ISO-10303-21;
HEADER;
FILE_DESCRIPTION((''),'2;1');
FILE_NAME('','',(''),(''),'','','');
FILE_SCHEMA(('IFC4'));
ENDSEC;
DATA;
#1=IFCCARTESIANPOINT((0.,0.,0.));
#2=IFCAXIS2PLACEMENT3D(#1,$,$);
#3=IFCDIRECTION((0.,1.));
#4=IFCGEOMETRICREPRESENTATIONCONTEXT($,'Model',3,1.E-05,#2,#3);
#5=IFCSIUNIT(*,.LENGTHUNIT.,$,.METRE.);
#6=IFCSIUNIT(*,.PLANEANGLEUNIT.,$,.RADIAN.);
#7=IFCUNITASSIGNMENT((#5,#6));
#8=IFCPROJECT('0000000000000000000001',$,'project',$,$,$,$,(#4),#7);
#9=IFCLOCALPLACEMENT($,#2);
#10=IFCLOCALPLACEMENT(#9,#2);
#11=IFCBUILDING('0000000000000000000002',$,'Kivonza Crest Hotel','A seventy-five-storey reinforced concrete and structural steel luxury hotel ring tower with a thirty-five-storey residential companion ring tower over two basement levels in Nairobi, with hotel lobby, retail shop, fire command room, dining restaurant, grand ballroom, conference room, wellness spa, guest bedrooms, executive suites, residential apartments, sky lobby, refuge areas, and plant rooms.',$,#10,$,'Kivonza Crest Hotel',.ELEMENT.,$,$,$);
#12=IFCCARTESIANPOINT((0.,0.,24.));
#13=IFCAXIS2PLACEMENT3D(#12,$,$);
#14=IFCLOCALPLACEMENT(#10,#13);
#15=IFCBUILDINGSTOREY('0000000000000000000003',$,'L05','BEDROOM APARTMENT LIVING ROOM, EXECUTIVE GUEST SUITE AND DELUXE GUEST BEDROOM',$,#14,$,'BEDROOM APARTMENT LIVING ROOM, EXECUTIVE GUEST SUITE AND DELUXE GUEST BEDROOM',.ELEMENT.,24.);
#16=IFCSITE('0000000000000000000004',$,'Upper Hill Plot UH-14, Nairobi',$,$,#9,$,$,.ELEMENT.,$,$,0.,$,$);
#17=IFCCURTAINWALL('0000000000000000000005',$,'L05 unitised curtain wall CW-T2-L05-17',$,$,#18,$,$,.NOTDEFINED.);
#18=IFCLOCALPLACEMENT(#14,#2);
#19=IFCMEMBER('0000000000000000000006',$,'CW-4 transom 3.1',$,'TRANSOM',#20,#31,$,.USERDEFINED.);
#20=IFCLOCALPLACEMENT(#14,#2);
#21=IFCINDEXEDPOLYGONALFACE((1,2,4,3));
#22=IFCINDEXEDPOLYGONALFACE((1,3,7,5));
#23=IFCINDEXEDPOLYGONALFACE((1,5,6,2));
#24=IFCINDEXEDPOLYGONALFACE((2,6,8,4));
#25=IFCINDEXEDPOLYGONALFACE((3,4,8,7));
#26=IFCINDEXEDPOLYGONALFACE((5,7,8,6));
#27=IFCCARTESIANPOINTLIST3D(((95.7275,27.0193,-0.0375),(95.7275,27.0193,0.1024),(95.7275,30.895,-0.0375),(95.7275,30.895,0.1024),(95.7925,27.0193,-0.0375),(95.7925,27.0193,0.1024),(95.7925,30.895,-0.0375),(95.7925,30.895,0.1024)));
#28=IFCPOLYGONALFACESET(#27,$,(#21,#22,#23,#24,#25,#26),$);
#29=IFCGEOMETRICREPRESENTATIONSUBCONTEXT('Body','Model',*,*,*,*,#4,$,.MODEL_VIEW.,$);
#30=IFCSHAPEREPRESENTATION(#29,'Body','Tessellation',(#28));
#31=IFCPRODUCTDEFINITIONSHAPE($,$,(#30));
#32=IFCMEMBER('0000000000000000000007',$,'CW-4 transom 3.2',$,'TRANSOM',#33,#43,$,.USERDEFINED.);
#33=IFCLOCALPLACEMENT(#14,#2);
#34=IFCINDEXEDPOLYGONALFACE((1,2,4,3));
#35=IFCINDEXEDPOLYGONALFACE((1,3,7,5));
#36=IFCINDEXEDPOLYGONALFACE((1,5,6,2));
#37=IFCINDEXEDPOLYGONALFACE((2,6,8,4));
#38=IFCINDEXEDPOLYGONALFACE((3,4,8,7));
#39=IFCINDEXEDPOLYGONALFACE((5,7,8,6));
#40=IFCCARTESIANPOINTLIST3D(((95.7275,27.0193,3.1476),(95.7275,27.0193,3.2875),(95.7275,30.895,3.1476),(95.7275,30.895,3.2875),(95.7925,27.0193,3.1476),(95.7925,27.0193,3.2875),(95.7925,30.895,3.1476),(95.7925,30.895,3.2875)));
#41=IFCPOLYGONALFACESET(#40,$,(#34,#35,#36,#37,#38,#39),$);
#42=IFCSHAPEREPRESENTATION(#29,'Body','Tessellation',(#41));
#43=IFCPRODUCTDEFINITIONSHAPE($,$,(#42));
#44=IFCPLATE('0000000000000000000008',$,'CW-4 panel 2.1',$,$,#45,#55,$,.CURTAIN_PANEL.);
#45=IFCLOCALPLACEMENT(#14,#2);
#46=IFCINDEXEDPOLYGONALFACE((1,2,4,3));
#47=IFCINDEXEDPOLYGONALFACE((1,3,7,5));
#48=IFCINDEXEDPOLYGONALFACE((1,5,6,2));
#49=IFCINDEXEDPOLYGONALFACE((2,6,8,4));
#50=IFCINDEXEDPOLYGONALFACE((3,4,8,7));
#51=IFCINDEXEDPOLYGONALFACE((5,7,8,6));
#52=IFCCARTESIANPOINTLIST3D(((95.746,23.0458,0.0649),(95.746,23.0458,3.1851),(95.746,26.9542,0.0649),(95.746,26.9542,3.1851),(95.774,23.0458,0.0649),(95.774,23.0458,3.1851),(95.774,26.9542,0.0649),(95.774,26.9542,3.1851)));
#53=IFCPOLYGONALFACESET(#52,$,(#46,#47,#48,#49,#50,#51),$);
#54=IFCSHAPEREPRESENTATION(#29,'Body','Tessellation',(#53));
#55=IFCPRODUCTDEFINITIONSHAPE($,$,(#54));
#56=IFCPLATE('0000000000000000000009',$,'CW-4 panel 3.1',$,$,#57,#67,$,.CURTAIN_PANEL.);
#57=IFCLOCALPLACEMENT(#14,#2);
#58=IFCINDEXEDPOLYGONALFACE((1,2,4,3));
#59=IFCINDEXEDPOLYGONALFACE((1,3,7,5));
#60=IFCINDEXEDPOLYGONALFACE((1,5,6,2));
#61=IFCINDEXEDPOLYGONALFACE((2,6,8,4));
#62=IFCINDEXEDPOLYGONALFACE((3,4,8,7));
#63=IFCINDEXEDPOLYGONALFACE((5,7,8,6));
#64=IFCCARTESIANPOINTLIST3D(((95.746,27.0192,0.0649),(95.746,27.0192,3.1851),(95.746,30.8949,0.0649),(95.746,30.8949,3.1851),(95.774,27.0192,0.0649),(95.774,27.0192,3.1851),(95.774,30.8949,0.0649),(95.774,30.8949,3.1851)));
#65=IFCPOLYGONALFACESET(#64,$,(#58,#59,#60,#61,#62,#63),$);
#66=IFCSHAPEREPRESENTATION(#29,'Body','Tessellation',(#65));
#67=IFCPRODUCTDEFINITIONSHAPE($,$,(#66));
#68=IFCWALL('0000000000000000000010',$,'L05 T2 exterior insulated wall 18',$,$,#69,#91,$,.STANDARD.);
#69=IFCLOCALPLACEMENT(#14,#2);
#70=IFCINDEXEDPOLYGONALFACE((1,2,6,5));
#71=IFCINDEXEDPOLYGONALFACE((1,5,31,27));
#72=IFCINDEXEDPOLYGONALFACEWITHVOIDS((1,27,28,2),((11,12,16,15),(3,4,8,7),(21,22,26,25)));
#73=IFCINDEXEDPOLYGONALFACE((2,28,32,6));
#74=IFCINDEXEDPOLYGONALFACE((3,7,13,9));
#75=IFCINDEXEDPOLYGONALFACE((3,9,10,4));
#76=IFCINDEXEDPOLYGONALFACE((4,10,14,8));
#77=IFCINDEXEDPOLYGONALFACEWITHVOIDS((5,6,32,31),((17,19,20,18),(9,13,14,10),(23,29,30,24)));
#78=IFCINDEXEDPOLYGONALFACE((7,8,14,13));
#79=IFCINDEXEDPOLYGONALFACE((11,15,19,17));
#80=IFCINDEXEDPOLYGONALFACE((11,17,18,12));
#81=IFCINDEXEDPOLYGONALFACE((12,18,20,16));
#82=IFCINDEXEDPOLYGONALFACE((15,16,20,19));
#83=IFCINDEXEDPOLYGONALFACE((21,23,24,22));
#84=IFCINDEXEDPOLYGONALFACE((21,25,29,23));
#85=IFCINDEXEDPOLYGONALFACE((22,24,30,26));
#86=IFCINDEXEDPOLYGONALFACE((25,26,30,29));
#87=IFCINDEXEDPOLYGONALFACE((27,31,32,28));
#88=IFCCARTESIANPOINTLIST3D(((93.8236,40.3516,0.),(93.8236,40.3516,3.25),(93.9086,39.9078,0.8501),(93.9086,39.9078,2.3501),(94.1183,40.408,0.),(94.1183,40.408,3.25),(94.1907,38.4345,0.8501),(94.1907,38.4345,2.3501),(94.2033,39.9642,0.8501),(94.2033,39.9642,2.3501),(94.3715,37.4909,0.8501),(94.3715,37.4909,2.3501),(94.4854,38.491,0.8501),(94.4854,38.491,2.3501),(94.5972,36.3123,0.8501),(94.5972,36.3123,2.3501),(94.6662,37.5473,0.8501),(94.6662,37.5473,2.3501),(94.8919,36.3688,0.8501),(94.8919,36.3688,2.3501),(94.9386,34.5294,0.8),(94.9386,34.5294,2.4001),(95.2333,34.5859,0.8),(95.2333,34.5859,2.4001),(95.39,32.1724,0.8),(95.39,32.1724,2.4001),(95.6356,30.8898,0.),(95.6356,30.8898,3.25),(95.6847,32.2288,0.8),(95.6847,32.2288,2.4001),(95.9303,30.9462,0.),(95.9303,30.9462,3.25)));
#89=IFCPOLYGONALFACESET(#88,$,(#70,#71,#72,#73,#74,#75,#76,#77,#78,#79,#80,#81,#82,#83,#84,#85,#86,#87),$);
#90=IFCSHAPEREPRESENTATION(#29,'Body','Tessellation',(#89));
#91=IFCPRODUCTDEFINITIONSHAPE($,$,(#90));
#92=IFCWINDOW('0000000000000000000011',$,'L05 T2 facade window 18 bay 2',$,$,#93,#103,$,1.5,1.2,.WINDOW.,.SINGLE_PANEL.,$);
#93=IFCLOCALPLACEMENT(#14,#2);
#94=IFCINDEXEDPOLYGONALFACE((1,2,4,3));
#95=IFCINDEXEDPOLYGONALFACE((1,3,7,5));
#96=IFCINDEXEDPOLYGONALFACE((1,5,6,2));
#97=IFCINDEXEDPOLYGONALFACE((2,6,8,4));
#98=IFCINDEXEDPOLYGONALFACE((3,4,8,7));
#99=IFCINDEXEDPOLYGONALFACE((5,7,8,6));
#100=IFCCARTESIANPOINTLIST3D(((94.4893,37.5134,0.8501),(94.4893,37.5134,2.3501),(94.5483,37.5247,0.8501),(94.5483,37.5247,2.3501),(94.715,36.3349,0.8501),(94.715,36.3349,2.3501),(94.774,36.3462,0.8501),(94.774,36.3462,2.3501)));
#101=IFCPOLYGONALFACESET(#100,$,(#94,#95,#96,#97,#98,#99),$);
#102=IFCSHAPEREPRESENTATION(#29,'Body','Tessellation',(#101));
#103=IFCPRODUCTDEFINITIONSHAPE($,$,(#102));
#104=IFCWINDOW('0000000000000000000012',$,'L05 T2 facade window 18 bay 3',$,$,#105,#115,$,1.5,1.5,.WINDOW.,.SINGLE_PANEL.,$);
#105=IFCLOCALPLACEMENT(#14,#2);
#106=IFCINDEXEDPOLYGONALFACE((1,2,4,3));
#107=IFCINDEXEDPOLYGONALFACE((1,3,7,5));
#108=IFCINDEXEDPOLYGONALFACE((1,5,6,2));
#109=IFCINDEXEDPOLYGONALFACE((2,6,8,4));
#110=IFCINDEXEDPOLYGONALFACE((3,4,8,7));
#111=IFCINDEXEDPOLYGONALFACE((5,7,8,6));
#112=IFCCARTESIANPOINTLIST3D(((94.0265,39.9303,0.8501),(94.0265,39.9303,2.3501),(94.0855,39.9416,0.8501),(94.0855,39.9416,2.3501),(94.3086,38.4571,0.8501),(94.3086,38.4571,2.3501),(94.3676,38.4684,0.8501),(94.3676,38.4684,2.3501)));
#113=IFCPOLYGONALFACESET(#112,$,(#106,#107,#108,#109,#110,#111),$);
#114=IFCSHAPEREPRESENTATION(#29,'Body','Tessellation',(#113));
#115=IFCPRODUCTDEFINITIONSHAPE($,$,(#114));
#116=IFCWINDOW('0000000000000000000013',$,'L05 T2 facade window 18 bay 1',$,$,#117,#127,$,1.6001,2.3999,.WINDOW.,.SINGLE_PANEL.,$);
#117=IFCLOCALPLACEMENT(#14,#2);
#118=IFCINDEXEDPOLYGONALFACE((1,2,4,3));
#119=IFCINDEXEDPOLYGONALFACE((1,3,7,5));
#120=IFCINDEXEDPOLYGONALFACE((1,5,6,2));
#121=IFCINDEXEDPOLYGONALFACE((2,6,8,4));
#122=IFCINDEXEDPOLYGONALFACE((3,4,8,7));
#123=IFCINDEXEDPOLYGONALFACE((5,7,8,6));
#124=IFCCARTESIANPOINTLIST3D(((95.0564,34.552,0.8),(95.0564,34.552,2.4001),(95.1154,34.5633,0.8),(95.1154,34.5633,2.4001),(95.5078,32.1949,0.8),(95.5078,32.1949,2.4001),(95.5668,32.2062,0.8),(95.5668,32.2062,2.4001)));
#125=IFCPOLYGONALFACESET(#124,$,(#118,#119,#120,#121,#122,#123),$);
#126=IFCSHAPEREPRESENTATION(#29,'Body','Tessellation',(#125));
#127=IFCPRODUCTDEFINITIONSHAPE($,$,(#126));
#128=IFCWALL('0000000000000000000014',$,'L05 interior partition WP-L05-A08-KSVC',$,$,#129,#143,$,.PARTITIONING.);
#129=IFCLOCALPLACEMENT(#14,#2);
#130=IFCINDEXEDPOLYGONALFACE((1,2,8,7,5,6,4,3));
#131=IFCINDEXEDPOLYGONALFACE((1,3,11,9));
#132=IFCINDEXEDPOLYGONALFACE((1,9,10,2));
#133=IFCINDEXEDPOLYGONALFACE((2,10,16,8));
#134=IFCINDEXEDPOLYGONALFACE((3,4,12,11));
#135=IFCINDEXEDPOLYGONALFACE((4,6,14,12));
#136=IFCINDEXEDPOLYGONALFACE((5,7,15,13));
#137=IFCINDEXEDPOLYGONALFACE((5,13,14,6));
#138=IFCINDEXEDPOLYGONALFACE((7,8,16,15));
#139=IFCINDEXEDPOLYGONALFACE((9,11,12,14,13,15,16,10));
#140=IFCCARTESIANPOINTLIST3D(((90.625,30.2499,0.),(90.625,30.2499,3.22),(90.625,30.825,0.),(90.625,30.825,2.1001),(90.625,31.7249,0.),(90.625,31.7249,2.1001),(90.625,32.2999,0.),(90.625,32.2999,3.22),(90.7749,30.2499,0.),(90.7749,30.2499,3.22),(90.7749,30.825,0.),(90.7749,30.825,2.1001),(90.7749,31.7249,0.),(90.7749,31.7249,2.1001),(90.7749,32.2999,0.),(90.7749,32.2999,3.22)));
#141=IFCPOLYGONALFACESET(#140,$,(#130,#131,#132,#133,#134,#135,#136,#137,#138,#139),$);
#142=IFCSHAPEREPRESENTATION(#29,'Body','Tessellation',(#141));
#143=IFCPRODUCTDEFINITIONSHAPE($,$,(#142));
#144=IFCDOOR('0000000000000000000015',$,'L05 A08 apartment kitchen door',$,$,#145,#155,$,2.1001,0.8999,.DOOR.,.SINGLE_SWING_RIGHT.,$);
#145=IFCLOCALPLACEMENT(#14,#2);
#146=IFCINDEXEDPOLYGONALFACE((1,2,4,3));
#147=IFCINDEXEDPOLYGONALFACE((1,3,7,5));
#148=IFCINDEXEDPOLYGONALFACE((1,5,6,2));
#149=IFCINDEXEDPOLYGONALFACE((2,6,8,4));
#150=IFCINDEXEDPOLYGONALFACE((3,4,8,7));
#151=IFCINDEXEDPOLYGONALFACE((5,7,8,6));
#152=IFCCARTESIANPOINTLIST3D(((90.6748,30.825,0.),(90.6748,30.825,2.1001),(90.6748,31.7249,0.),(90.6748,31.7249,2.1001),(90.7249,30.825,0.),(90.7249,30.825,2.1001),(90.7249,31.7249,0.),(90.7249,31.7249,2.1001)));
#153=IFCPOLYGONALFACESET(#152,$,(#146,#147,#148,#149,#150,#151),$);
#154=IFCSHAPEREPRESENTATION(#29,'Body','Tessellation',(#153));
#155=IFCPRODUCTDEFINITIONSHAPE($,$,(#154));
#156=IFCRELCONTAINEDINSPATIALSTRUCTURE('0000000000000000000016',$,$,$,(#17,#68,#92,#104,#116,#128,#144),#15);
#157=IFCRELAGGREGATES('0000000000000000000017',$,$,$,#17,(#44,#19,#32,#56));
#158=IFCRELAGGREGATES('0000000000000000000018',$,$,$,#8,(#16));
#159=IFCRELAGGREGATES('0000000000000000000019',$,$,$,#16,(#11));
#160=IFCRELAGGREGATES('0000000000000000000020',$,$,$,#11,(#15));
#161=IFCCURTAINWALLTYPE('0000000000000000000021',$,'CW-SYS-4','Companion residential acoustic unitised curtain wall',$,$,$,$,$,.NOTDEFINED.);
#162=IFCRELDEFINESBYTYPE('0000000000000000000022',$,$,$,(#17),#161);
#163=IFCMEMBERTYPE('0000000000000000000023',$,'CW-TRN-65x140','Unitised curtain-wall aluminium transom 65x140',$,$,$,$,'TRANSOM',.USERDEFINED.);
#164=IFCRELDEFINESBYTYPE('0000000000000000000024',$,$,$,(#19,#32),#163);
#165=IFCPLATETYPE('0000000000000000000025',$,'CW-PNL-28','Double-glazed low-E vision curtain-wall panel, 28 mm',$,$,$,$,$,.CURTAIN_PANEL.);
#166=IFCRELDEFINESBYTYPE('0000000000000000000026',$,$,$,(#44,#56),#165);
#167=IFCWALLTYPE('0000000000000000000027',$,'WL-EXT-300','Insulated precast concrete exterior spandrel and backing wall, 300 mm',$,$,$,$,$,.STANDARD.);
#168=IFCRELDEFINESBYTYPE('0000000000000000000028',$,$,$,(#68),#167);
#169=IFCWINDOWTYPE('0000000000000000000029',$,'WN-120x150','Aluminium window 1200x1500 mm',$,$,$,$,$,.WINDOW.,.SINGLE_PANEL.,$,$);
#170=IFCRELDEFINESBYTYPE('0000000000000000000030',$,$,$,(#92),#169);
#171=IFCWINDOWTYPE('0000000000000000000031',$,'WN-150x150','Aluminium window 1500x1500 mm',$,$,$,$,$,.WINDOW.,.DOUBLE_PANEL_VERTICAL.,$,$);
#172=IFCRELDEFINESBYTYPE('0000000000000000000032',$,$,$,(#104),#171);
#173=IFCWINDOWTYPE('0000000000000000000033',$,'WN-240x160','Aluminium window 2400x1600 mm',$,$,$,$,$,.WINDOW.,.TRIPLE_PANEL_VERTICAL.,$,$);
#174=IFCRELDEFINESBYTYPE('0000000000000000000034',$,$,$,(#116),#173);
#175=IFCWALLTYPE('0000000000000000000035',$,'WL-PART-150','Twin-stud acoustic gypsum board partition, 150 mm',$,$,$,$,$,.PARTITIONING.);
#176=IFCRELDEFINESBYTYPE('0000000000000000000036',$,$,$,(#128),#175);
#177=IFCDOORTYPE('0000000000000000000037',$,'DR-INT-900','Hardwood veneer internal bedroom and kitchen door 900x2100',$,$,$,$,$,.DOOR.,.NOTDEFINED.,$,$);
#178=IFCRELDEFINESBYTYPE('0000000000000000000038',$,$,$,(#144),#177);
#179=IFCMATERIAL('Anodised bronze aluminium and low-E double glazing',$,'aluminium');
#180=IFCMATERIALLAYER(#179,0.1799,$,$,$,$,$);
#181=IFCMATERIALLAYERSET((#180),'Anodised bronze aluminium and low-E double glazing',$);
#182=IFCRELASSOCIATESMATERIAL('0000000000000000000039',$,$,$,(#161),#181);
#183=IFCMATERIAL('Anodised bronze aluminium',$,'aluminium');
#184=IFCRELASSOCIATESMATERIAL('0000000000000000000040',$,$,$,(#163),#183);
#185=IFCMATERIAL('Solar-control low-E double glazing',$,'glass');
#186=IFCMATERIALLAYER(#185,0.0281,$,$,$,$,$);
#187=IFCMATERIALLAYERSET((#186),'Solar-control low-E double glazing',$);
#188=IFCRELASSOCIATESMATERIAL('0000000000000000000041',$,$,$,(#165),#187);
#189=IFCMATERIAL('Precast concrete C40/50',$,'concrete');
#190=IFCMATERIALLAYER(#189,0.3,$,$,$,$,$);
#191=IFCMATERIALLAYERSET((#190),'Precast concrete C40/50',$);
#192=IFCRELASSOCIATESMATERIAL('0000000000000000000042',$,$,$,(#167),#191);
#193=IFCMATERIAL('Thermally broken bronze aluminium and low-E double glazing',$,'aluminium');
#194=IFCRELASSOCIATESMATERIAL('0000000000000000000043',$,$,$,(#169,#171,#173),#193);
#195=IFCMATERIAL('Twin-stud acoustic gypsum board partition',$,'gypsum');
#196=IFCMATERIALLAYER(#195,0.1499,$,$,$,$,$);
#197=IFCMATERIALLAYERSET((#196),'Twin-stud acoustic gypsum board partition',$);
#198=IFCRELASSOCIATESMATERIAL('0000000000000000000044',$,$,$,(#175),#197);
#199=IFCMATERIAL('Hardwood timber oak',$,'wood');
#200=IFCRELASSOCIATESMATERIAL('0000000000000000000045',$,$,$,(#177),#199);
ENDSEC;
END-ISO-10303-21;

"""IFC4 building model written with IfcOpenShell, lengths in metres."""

from ifc_helpers import new_model, si_unit, direction, frame, frame_2d, origin, origin_2d, place, context, subcontext, project, spatial, rectangle, extrude, material, layer, layer_set, material_profile, profile_set, type_object, element, fill, aggregate, save


model = new_model("IFC4")

# Units and contexts
model_context = context("Model", 3, precision=1e-05, world=origin(), true_north=direction((0.0, 1.0)))
body_context = subcontext(model_context, "Body", "Model", "MODEL_VIEW")
ifc_project = project(units=[si_unit("LENGTHUNIT", "METRE"), si_unit("PLANEANGLEUNIT", "RADIAN")], contexts=[model_context])

# Site, building, storey
site_placement = place(None, origin())
site = spatial("IfcSite", under=ifc_project, at=site_placement, Name="Upper Hill Plot UH-14, Nairobi", CompositionType="ELEMENT", RefElevation=0.0)
building_placement = place(site_placement, origin())
building = spatial("IfcBuilding", under=site, at=building_placement, Name="Kivonza Crest Hotel", Description="A seventy-five-storey reinforced concrete and structural steel luxury hotel ring tower with a thirty-five-storey residential companion ring tower over two basement levels in Nairobi, with hotel lobby, retail shop, fire command room, dining restaurant, grand ballroom, conference room, wellness spa, guest bedrooms, executive suites, residential apartments, sky lobby, refuge areas, and plant rooms.", LongName="Kivonza Crest Hotel", CompositionType="ELEMENT")
storey_placement = place(building_placement, frame((0.0, 0.0, 24.0)))
storey = spatial("IfcBuildingStorey", under=building, at=storey_placement, Name="L05", Description="BEDROOM APARTMENT LIVING ROOM, EXECUTIVE GUEST SUITE AND DELUXE GUEST BEDROOM", LongName="BEDROOM APARTMENT LIVING ROOM, EXECUTIVE GUEST SUITE AND DELUXE GUEST BEDROOM", CompositionType="ELEMENT", Elevation=24.0)

# Curtain wall, members, plates
ifc_material_1 = material(Name="Anodised bronze aluminium and low-E double glazing", Category="aluminium")
ifc_layer_1 = layer(ifc_material_1, 0.1799)
ifc_layer_set_1 = layer_set([ifc_layer_1], Name="Anodised bronze aluminium and low-E double glazing")
curtain_wall_type = type_object("IfcCurtainWallType", Name="CW-SYS-4", Description="Companion residential acoustic unitised curtain wall", PredefinedType="NOTDEFINED", material=ifc_layer_set_1)
curtain_wall_placement = place(storey_placement, origin())
curtain_wall = element("IfcCurtainWall", 1, at=curtain_wall_placement, inside=storey, type_object=curtain_wall_type, Name="L05 unitised curtain wall CW-T2-L05-17", PredefinedType="NOTDEFINED")
ifc_material_2 = material(Name="Anodised bronze aluminium", Category="aluminium")
ifc_material_profile_1 = material_profile(ifc_material_2, rectangle(XDim=0.0649, YDim=0.1399, at=origin_2d()), Name="CW-T 65x140")
ifc_profile_set_1 = profile_set([ifc_material_profile_1], Name="Anodised bronze aluminium")
member_type_1 = type_object("IfcMemberType", Name="CW-TRN-65x140", Description="Unitised curtain-wall aluminium transom 65x140", ElementType="TRANSOM", PredefinedType="USERDEFINED", material=ifc_profile_set_1)
member_1_placement = place(storey_placement, frame((95.76, 27.0193, 0.0325), z_axis=(0.0, 1.0, 0.0), x_axis=(-1.0, 0.0, 0.0)))
member_1 = element("IfcMember", 2, at=member_1_placement, type_object=member_type_1, Name="CW-4 transom 3.1", ObjectType="TRANSOM", PredefinedType="USERDEFINED", context=body_context, shape_type="SweptSolid", body=[
    extrude(rectangle(XDim=0.0649, YDim=0.1399, at=origin_2d()), origin(), (0.0, 0.0, 1.0), 3.8757),
])
member_2_placement = place(storey_placement, frame((95.76, 27.0193, 3.2175), z_axis=(0.0, 1.0, 0.0), x_axis=(-1.0, 0.0, 0.0)))
member_2 = element("IfcMember", 3, at=member_2_placement, type_object=member_type_1, Name="CW-4 transom 3.2", ObjectType="TRANSOM", PredefinedType="USERDEFINED", context=body_context, shape_type="SweptSolid", body=[
    extrude(rectangle(XDim=0.0649, YDim=0.1399, at=origin_2d()), origin(), (0.0, 0.0, 1.0), 3.8757),
])
ifc_material_3 = material(Name="Solar-control low-E double glazing", Category="glass")
ifc_layer_2 = layer(ifc_material_3, 0.0281)
ifc_layer_set_2 = layer_set([ifc_layer_2], Name="Solar-control low-E double glazing")
plate_type = type_object("IfcPlateType", Name="CW-PNL-28", Description="Double-glazed low-E vision curtain-wall panel, 28 mm", PredefinedType="CURTAIN_PANEL", material=ifc_layer_set_2)
plate_1_placement = place(storey_placement, frame((95.76, 25.0, 0.0649), z_axis=(0.0, 0.0, 1.0), x_axis=(0.0, 1.0, 0.0)))
plate_1 = element("IfcPlate", 4, at=plate_1_placement, type_object=plate_type, Name="CW-4 panel 2.1", PredefinedType="CURTAIN_PANEL", context=body_context, shape_type="SweptSolid", body=[
    extrude(rectangle(XDim=3.9084, YDim=0.0281, at=origin_2d()), origin(), (0.0, 0.0, 1.0), 3.1201),
])
plate_2_placement = place(storey_placement, frame((95.76, 28.957, 0.0649), z_axis=(0.0, 0.0, 1.0), x_axis=(0.0, 1.0, 0.0)))
plate_2 = element("IfcPlate", 5, at=plate_2_placement, type_object=plate_type, Name="CW-4 panel 3.1", PredefinedType="CURTAIN_PANEL", context=body_context, shape_type="SweptSolid", body=[
    extrude(rectangle(XDim=3.8757, YDim=0.0281, at=origin_2d()), origin(), (0.0, 0.0, 1.0), 3.1201),
])
aggregate(curtain_wall, [plate_1, member_1, member_2, plate_2])

# Wall, openings, windows
ifc_material_4 = material(Name="Precast concrete C40/50", Category="concrete")
ifc_layer_3 = layer(ifc_material_4, 0.3)
ifc_layer_set_3 = layer_set([ifc_layer_3], Name="Precast concrete C40/50")
wall_type_1 = type_object("IfcWallType", Name="WL-EXT-300", Description="Insulated precast concrete exterior spandrel and backing wall, 300 mm", PredefinedType="STANDARD", material=ifc_layer_set_3)
wall_1_placement = place(storey_placement, frame((95.783, 30.918, 0.0), z_axis=(0.0, 0.0, 1.0), x_axis=(-0.188088, 0.982152, 0.0)))
wall_1 = element("IfcWall", 6, at=wall_1_placement, inside=storey, type_object=wall_type_1, Name="L05 T2 exterior insulated wall 18", PredefinedType="STANDARD", context=body_context, shape_type="SweptSolid", body=[
    extrude(rectangle(XDim=9.6338, YDim=0.3, at=frame_2d((4.8169, 0.0))), origin(), (0.0, 0.0, 1.0), 3.25),
])
opening_1_placement = place(wall_1_placement, frame((1.3059, 0.0, 0.8)))
opening_1 = element("IfcOpeningElement", 7, at=opening_1_placement, cuts=wall_1, PredefinedType="OPENING", context=body_context, shape_type="SweptSolid", body=[
    extrude(rectangle(XDim=2.3999, YDim=1.6001, at=frame_2d((1.2, 0.8))), frame((0.0, 0.1602, 0.0), z_axis=(0.0, -1.0, 0.0), x_axis=(1.0, 0.0, 0.0)), (0.0, 0.0, 1.0), 0.3201),
])
opening_2_placement = place(wall_1_placement, frame((5.521, 0.0, 0.8501)))
opening_2 = element("IfcOpeningElement", 8, at=opening_2_placement, cuts=wall_1, PredefinedType="OPENING", context=body_context, shape_type="SweptSolid", body=[
    extrude(rectangle(XDim=1.2, YDim=1.5, at=frame_2d((0.6001, 0.75))), frame((0.0, 0.1602, 0.0), z_axis=(0.0, -1.0, 0.0), x_axis=(1.0, 0.0, 0.0)), (0.0, 0.0, 1.0), 0.3201),
])
opening_3_placement = place(wall_1_placement, frame((7.6819, 0.0, 0.8501)))
opening_3 = element("IfcOpeningElement", 9, at=opening_3_placement, cuts=wall_1, PredefinedType="OPENING", context=body_context, shape_type="SweptSolid", body=[
    extrude(rectangle(XDim=1.5, YDim=1.5, at=frame_2d((0.75, 0.75))), frame((0.0, 0.1602, 0.0), z_axis=(0.0, -1.0, 0.0), x_axis=(1.0, 0.0, 0.0)), (0.0, 0.0, 1.0), 0.3201),
])
ifc_material_5 = material(Name="Thermally broken bronze aluminium and low-E double glazing", Category="aluminium")
window_type_1 = type_object("IfcWindowType", Name="WN-120x150", Description="Aluminium window 1200x1500 mm", PartitioningType="SINGLE_PANEL", PredefinedType="WINDOW", material=ifc_material_5)
window_1_placement = place(opening_2_placement, origin())
window_1 = element("IfcWindow", 10, at=window_1_placement, inside=storey, type_object=window_type_1, Name="L05 T2 facade window 18 bay 2", OverallHeight=1.5, OverallWidth=1.2, PartitioningType="SINGLE_PANEL", PredefinedType="WINDOW", context=body_context, shape_type="SweptSolid", body=[
    extrude(rectangle(XDim=1.2, YDim=1.5, at=frame_2d((0.6001, 0.75))), frame((0.0, 0.03, 0.0), z_axis=(0.0, -1.0, 0.0), x_axis=(1.0, 0.0, 0.0)), (0.0, 0.0, 1.0), 0.0601),
])
fill(opening_2, window_1)
window_type_2 = type_object("IfcWindowType", Name="WN-150x150", Description="Aluminium window 1500x1500 mm", PartitioningType="DOUBLE_PANEL_VERTICAL", PredefinedType="WINDOW", material=ifc_material_5)
window_2_placement = place(opening_3_placement, origin())
window_2 = element("IfcWindow", 11, at=window_2_placement, inside=storey, type_object=window_type_2, Name="L05 T2 facade window 18 bay 3", OverallHeight=1.5, OverallWidth=1.5, PartitioningType="SINGLE_PANEL", PredefinedType="WINDOW", context=body_context, shape_type="SweptSolid", body=[
    extrude(rectangle(XDim=1.5, YDim=1.5, at=frame_2d((0.75, 0.75))), frame((0.0, 0.03, 0.0), z_axis=(0.0, -1.0, 0.0), x_axis=(1.0, 0.0, 0.0)), (0.0, 0.0, 1.0), 0.0601),
])
fill(opening_3, window_2)
window_type_3 = type_object("IfcWindowType", Name="WN-240x160", Description="Aluminium window 2400x1600 mm", PartitioningType="TRIPLE_PANEL_VERTICAL", PredefinedType="WINDOW", material=ifc_material_5)
window_3_placement = place(opening_1_placement, origin())
window_3 = element("IfcWindow", 12, at=window_3_placement, inside=storey, type_object=window_type_3, Name="L05 T2 facade window 18 bay 1", OverallHeight=1.6001, OverallWidth=2.3999, PartitioningType="SINGLE_PANEL", PredefinedType="WINDOW", context=body_context, shape_type="SweptSolid", body=[
    extrude(rectangle(XDim=2.3999, YDim=1.6001, at=frame_2d((1.2, 0.8))), frame((0.0, 0.03, 0.0), z_axis=(0.0, -1.0, 0.0), x_axis=(1.0, 0.0, 0.0)), (0.0, 0.0, 1.0), 0.0601),
])
fill(opening_1, window_3)

# Wall, opening, door
ifc_material_6 = material(Name="Twin-stud acoustic gypsum board partition", Category="gypsum")
ifc_layer_4 = layer(ifc_material_6, 0.1499)
ifc_layer_set_4 = layer_set([ifc_layer_4], Name="Twin-stud acoustic gypsum board partition")
wall_type_2 = type_object("IfcWallType", Name="WL-PART-150", Description="Twin-stud acoustic gypsum board partition, 150 mm", PredefinedType="PARTITIONING", material=ifc_layer_set_4)
wall_2_placement = place(storey_placement, frame((90.7, 30.25, 0.0), z_axis=(0.0, 0.0, 1.0), x_axis=(0.0, 1.0, 0.0)))
wall_2 = element("IfcWall", 13, at=wall_2_placement, inside=storey, type_object=wall_type_2, Name="L05 interior partition WP-L05-A08-KSVC", PredefinedType="PARTITIONING", context=body_context, shape_type="SweptSolid", body=[
    extrude(rectangle(XDim=2.05, YDim=0.1499, at=frame_2d((1.0249, 0.0))), origin(), (0.0, 0.0, 1.0), 3.22),
])
opening_4_placement = place(wall_2_placement, frame((0.575, 0.0, 0.0)))
opening_4 = element("IfcOpeningElement", 14, at=opening_4_placement, cuts=wall_2, PredefinedType="OPENING", context=body_context, shape_type="SweptSolid", body=[
    extrude(rectangle(XDim=0.8999, YDim=2.1001, at=frame_2d((0.45, 1.05))), frame((0.0, 0.085, 0.0), z_axis=(0.0, -1.0, 0.0), x_axis=(1.0, 0.0, 0.0)), (0.0, 0.0, 1.0), 0.1699),
])
ifc_material_7 = material(Name="Hardwood timber oak", Category="wood")
door_type_1 = type_object("IfcDoorType", Name="DR-INT-900", Description="Hardwood veneer internal bedroom and kitchen door 900x2100", OperationType="NOTDEFINED", PredefinedType="DOOR", material=ifc_material_7)
door_1_placement = place(opening_4_placement, frame((0.8999, 0.0, 0.0), z_axis=(0.0, 0.0, 1.0), x_axis=(-1.0, 0.0, 0.0)))
door_1 = element("IfcDoor", 15, at=door_1_placement, inside=storey, type_object=door_type_1, Name="L05 A08 apartment kitchen door", OperationType="SINGLE_SWING_RIGHT", OverallHeight=2.1001, OverallWidth=0.8999, PredefinedType="DOOR", context=body_context, shape_type="SweptSolid", body=[
    extrude(rectangle(XDim=0.8999, YDim=2.1001, at=frame_2d((0.45, 1.05))), frame((0.0, 0.0249, 0.0), z_axis=(0.0, -1.0, 0.0), x_axis=(1.0, 0.0, 0.0)), (0.0, 0.0, 1.0), 0.05),
])
fill(opening_4, door_1)

save(model, "model.ifc")
